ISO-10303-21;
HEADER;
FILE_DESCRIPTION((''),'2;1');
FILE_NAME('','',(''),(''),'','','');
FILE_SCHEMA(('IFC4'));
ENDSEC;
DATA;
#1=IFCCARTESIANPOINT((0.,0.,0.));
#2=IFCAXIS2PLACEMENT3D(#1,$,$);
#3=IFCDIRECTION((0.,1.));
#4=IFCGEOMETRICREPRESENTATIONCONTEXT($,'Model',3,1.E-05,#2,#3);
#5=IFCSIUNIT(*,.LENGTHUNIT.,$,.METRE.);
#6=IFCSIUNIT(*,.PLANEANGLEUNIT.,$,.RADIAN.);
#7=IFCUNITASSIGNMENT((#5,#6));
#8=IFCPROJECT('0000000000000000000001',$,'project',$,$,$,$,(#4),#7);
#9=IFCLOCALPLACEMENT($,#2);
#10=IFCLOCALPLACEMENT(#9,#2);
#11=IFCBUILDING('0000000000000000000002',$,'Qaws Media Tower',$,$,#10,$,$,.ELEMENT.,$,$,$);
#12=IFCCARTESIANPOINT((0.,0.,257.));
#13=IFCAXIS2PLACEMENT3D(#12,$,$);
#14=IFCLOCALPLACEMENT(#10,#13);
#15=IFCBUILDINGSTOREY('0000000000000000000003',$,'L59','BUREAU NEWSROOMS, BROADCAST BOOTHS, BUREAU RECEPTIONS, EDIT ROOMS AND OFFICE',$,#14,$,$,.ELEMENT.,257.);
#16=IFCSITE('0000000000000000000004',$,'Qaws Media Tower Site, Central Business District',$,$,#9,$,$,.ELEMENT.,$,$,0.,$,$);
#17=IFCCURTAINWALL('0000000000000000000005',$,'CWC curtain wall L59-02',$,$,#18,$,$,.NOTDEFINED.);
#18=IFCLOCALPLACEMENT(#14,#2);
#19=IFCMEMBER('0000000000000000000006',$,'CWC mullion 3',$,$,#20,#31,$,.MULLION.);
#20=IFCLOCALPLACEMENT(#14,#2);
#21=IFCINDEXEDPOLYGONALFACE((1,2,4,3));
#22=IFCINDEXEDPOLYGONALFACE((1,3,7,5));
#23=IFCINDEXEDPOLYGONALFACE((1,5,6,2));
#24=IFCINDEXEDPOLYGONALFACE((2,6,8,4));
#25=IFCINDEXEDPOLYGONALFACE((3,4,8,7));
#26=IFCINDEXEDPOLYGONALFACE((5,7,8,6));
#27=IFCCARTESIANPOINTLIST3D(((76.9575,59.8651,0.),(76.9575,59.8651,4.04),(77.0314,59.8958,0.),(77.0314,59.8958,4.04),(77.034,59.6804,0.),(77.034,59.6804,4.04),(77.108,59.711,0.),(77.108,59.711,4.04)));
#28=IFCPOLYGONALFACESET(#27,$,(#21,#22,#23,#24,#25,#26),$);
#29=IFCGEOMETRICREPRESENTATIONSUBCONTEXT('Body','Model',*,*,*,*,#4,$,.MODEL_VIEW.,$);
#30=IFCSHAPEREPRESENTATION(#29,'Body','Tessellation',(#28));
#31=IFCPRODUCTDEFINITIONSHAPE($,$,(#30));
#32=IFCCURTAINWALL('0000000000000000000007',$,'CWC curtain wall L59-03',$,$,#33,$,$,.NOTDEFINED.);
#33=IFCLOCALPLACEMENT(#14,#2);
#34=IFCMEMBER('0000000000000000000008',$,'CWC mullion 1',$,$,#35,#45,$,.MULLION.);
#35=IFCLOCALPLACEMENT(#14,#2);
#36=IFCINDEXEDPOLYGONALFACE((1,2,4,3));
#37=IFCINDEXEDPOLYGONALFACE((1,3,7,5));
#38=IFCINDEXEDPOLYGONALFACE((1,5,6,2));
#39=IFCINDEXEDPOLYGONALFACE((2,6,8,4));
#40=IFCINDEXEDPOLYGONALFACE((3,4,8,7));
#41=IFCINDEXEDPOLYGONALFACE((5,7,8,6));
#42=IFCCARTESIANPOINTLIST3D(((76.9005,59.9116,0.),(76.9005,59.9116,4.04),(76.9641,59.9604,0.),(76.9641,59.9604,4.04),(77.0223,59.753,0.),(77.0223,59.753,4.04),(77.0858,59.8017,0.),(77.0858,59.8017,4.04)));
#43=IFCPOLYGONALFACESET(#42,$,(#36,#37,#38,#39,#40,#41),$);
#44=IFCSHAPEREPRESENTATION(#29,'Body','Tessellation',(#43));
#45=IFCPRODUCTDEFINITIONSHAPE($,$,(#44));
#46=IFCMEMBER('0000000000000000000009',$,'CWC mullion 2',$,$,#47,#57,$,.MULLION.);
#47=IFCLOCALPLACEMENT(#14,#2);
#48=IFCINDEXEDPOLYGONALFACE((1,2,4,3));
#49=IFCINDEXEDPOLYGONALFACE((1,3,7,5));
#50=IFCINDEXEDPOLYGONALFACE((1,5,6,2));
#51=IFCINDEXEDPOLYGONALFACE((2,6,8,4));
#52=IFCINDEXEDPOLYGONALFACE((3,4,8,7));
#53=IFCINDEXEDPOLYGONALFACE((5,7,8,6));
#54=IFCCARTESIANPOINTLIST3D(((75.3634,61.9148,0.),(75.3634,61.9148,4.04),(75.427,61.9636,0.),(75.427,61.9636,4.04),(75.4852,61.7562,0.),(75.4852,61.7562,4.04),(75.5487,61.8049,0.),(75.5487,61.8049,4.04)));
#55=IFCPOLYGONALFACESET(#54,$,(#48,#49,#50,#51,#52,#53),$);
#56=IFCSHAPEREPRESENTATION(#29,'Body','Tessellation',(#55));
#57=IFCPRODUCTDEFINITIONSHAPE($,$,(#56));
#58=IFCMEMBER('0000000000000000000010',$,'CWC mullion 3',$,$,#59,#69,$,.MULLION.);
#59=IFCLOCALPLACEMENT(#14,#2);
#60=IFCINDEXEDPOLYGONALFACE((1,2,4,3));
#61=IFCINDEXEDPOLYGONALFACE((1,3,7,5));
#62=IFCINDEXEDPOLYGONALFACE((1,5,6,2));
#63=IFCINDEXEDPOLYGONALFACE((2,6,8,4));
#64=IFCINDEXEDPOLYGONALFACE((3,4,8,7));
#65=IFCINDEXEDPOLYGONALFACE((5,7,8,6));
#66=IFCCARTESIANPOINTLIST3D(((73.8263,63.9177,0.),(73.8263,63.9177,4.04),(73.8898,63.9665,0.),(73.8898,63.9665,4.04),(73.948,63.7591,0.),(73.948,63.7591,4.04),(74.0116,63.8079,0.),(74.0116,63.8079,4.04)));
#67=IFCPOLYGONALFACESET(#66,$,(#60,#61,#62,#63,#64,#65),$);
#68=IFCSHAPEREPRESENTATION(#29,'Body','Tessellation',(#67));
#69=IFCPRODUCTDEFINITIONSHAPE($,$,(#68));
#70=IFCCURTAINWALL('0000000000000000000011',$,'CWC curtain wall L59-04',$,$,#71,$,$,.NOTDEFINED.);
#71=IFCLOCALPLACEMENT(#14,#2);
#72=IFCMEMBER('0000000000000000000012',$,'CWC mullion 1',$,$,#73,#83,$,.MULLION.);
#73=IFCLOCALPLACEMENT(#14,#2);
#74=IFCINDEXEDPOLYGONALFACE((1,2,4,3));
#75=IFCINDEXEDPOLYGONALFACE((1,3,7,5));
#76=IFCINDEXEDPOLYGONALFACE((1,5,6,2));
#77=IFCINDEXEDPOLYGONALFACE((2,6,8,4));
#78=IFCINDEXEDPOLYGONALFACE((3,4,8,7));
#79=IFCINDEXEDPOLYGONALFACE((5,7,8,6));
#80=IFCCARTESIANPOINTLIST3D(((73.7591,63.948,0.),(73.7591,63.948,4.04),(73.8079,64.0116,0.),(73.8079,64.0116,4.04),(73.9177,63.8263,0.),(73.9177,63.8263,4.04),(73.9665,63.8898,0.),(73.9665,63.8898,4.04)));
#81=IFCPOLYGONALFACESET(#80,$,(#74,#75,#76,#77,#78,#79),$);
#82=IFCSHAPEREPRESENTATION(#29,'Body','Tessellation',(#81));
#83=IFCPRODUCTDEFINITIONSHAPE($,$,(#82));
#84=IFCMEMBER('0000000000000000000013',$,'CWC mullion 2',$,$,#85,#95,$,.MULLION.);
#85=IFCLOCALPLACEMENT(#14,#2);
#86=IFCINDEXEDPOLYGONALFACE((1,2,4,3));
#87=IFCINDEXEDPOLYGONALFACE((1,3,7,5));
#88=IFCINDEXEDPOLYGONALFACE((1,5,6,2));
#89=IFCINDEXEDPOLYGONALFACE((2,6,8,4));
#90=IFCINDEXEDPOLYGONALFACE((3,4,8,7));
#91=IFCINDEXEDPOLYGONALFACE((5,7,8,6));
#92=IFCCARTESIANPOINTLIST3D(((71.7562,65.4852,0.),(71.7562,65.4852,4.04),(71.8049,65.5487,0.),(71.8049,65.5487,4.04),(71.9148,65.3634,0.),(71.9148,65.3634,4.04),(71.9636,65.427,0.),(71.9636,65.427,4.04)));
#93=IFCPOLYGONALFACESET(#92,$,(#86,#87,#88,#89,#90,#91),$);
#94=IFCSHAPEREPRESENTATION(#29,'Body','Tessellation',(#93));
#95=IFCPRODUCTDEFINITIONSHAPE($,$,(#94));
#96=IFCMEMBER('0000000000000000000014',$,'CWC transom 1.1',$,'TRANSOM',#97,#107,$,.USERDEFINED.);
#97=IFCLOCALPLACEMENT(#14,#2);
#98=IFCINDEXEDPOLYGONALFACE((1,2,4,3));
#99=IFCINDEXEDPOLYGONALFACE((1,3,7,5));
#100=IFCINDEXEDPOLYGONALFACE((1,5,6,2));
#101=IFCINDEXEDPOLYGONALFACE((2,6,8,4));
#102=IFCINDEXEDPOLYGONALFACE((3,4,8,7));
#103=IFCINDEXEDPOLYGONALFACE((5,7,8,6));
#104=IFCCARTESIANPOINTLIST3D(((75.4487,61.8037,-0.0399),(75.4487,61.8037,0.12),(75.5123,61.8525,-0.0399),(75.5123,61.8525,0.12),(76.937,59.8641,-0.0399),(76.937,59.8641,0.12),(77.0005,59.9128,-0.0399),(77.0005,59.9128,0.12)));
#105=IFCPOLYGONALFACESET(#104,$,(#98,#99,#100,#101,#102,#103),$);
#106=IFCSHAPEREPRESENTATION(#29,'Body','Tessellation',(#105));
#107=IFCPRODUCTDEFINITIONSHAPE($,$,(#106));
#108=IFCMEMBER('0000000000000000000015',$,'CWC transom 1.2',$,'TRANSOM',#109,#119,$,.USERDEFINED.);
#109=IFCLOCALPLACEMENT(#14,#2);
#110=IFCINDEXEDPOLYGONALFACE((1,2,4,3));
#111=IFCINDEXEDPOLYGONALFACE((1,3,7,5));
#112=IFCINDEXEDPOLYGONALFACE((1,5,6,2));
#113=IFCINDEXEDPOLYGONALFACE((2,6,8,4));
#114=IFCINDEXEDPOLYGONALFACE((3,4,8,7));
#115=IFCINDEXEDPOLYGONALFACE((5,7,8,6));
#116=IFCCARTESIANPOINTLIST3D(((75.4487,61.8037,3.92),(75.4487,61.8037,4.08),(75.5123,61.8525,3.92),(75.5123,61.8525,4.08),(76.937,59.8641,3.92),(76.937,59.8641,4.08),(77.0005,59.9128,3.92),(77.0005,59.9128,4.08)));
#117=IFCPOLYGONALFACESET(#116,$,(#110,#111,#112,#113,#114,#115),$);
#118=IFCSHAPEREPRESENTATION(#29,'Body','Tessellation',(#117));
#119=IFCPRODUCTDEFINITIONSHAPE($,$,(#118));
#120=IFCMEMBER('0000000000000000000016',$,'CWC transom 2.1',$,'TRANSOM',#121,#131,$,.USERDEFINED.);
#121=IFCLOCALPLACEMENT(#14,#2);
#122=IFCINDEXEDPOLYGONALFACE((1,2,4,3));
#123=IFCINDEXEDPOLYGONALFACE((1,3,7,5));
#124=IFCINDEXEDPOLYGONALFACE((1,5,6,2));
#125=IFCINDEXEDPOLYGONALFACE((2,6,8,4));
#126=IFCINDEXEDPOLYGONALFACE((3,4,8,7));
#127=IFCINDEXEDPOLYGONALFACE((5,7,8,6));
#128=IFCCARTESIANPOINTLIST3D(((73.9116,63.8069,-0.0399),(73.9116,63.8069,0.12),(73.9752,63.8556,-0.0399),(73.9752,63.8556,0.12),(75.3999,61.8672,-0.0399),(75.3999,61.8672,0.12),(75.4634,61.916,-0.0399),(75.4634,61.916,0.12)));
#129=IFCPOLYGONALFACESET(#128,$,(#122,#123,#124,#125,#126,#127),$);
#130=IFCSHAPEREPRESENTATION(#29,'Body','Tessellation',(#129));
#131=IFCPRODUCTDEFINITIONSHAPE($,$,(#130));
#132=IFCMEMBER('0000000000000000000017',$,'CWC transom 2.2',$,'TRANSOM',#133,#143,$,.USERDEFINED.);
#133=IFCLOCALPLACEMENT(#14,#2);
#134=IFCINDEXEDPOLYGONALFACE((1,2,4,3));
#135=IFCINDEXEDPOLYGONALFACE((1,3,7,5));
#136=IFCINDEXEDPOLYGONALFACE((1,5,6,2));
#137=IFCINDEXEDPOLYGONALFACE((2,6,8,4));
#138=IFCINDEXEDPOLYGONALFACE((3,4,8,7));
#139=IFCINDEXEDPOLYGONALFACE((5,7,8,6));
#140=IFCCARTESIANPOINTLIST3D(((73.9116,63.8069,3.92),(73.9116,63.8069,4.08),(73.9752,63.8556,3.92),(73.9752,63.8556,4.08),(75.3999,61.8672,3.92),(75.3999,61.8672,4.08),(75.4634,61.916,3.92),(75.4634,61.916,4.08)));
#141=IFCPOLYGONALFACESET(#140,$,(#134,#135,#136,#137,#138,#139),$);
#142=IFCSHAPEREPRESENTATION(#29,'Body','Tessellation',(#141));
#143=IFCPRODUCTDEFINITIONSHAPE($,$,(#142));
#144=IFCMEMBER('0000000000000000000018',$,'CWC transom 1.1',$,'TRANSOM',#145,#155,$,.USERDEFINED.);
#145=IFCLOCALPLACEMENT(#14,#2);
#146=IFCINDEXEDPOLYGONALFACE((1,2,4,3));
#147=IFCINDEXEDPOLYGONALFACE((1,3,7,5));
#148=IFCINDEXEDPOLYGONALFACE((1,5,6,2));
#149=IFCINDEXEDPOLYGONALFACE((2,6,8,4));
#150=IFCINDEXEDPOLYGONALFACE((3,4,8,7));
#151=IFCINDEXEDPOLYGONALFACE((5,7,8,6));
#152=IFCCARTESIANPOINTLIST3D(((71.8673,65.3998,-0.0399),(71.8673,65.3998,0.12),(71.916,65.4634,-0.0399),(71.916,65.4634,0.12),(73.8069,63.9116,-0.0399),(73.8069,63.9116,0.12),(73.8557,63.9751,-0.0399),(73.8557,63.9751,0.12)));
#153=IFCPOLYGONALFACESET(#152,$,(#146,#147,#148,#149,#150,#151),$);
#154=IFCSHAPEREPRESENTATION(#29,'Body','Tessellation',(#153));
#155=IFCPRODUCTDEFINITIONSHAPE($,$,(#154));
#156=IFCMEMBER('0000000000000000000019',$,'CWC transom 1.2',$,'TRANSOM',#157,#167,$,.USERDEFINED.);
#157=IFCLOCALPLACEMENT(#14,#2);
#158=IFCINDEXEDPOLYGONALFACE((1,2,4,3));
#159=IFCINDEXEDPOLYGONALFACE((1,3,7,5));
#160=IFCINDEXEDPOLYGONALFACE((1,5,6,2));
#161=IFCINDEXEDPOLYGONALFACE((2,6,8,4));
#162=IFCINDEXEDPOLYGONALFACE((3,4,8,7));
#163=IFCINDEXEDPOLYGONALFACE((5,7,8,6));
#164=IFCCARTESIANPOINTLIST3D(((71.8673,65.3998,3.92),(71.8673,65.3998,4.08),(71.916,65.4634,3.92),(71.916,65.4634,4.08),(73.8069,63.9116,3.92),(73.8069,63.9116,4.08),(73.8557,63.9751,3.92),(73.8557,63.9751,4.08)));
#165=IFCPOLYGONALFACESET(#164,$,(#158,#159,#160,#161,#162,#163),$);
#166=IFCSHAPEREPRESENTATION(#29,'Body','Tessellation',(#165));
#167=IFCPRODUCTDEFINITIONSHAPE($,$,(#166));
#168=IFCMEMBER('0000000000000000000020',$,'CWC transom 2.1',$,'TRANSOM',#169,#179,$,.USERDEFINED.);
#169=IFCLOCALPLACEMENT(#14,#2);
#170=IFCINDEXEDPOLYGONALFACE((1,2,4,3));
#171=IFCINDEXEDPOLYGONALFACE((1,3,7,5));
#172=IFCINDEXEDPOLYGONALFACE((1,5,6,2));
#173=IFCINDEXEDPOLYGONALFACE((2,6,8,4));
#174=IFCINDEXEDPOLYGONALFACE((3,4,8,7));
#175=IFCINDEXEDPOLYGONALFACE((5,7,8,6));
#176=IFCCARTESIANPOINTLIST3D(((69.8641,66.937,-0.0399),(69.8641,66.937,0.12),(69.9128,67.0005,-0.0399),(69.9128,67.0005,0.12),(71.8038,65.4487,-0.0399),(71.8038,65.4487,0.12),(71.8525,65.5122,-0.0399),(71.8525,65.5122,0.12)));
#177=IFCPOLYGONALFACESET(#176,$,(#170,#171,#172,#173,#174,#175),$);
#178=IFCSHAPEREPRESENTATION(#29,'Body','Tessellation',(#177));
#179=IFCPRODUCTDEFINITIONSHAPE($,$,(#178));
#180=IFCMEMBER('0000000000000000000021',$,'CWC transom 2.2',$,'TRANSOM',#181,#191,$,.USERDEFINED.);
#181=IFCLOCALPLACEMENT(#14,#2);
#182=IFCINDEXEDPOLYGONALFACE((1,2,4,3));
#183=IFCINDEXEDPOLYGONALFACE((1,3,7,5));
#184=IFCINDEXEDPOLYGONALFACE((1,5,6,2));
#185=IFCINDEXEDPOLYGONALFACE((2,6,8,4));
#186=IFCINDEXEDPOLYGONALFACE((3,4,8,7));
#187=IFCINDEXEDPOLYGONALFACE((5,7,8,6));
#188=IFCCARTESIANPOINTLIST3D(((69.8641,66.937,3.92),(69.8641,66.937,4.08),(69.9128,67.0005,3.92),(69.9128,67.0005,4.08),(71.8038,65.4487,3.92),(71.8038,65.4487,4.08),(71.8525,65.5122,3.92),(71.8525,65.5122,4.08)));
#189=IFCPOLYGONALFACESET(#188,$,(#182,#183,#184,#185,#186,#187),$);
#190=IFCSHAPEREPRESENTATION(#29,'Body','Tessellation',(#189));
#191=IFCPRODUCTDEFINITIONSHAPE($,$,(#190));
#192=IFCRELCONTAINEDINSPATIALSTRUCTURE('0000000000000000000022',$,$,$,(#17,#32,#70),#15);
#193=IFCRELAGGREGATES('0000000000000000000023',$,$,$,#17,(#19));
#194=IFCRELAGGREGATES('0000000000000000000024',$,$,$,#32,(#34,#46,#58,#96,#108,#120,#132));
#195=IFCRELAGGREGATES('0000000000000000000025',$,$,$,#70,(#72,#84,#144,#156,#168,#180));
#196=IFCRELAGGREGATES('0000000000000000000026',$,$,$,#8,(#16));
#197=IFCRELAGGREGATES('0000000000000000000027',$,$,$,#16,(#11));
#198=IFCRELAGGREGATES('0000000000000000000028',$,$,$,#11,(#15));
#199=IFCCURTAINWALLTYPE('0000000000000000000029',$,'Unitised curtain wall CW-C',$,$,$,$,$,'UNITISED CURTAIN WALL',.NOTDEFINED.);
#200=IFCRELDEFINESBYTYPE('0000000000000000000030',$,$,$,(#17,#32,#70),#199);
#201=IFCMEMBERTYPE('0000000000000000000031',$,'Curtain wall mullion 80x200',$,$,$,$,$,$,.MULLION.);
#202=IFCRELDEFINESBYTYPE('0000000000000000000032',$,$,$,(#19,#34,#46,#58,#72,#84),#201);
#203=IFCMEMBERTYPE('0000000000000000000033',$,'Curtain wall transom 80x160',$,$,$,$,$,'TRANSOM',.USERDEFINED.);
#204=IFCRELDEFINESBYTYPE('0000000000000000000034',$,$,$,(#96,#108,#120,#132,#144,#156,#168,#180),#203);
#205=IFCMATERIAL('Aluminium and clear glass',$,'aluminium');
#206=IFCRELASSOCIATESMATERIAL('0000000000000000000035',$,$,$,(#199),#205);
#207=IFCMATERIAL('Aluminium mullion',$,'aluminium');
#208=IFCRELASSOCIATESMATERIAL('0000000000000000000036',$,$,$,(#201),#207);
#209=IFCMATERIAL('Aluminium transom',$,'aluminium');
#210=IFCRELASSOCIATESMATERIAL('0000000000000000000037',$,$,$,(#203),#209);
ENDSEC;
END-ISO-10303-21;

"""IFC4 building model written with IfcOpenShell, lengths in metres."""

from ifc_helpers import new_model, si_unit, direction, frame, origin, origin_2d, place, context, subcontext, project, spatial, rectangle, extrude, material, material_profile, profile_set, type_object, element, aggregate, save


model = new_model("IFC4")

# Units and contexts
model_context = context("Model", 3, precision=1e-05, world=origin(), true_north=direction((0.0, 1.0)))
body_context = subcontext(model_context, "Body", "Model", "MODEL_VIEW")
ifc_project = project(units=[si_unit("LENGTHUNIT", "METRE"), si_unit("PLANEANGLEUNIT", "RADIAN")], contexts=[model_context])

# Site, building, storey
site_placement = place(None, origin())
site = spatial("IfcSite", under=ifc_project, at=site_placement, Name="Qaws Media Tower Site, Central Business District", CompositionType="ELEMENT", RefElevation=0.0)
building_placement = place(site_placement, origin())
building = spatial("IfcBuilding", under=site, at=building_placement, Name="Qaws Media Tower", CompositionType="ELEMENT")
storey_placement = place(building_placement, frame((0.0, 0.0, 257.0)))
storey = spatial("IfcBuildingStorey", under=building, at=storey_placement, Name="L59", Description="BUREAU NEWSROOMS, BROADCAST BOOTHS, BUREAU RECEPTIONS, EDIT ROOMS AND OFFICE", CompositionType="ELEMENT", Elevation=257.0)

# Curtain wall, member
ifc_material_1 = material(Name="Aluminium and clear glass", Category="aluminium")
curtain_wall_type = type_object("IfcCurtainWallType", Name="Unitised curtain wall CW-C", ElementType="UNITISED CURTAIN WALL", PredefinedType="NOTDEFINED", material=ifc_material_1)
curtain_wall_1_placement = place(storey_placement, origin())
curtain_wall_1 = element("IfcCurtainWall", 1, at=curtain_wall_1_placement, inside=storey, type_object=curtain_wall_type, Name="CWC curtain wall L59-02", PredefinedType="NOTDEFINED")
ifc_material_2 = material(Name="Aluminium mullion", Category="aluminium")
ifc_material_profile_1 = material_profile(ifc_material_2, rectangle(XDim=0.0801, YDim=0.2, at=origin_2d()), Name="80x200")
ifc_profile_set_1 = profile_set([ifc_material_profile_1], Name="Aluminium mullion")
member_type_1 = type_object("IfcMemberType", Name="Curtain wall mullion 80x200", PredefinedType="MULLION", material=ifc_profile_set_1)
member_1_placement = place(storey_placement, frame((77.0327, 59.7881, 0.0), z_axis=(0.0, 0.0, 1.0), x_axis=(-0.92388, -0.382683, 0.0)))
member_1 = element("IfcMember", 2, at=member_1_placement, type_object=member_type_1, Name="CWC mullion 3", PredefinedType="MULLION", context=body_context, shape_type="SweptSolid", body=[
    extrude(rectangle(XDim=0.0801, YDim=0.2, at=origin_2d()), origin(), (0.0, 0.0, 1.0), 4.04),
])

# Curtain walls, members
curtain_wall_2_placement = place(storey_placement, origin())
curtain_wall_2 = element("IfcCurtainWall", 3, at=curtain_wall_2_placement, inside=storey, type_object=curtain_wall_type, Name="CWC curtain wall L59-03", PredefinedType="NOTDEFINED")
member_2_placement = place(storey_placement, frame((76.9932, 59.8567, 0.0), z_axis=(0.0, 0.0, 1.0), x_axis=(-0.793353, -0.608761, 0.0)))
member_2 = element("IfcMember", 4, at=member_2_placement, type_object=member_type_1, Name="CWC mullion 1", PredefinedType="MULLION", context=body_context, shape_type="SweptSolid", body=[
    extrude(rectangle(XDim=0.0801, YDim=0.2, at=origin_2d()), origin(), (0.0, 0.0, 1.0), 4.04),
])
member_3_placement = place(storey_placement, frame((75.4561, 61.8599, 0.0), z_axis=(0.0, 0.0, 1.0), x_axis=(-0.793353, -0.608761, 0.0)))
member_3 = element("IfcMember", 5, at=member_3_placement, type_object=member_type_1, Name="CWC mullion 2", PredefinedType="MULLION", context=body_context, shape_type="SweptSolid", body=[
    extrude(rectangle(XDim=0.0801, YDim=0.2, at=origin_2d()), origin(), (0.0, 0.0, 1.0), 4.04),
])
member_4_placement = place(storey_placement, frame((73.9189, 63.8628, 0.0), z_axis=(0.0, 0.0, 1.0), x_axis=(-0.793353, -0.608761, 0.0)))
member_4 = element("IfcMember", 6, at=member_4_placement, type_object=member_type_1, Name="CWC mullion 3", PredefinedType="MULLION", context=body_context, shape_type="SweptSolid", body=[
    extrude(rectangle(XDim=0.0801, YDim=0.2, at=origin_2d()), origin(), (0.0, 0.0, 1.0), 4.04),
])
curtain_wall_3_placement = place(storey_placement, origin())
curtain_wall_3 = element("IfcCurtainWall", 7, at=curtain_wall_3_placement, inside=storey, type_object=curtain_wall_type, Name="CWC curtain wall L59-04", PredefinedType="NOTDEFINED")
member_5_placement = place(storey_placement, frame((73.8628, 63.9189, 0.0), z_axis=(0.0, 0.0, 1.0), x_axis=(-0.608761, -0.793353, 0.0)))
member_5 = element("IfcMember", 8, at=member_5_placement, type_object=member_type_1, Name="CWC mullion 1", PredefinedType="MULLION", context=body_context, shape_type="SweptSolid", body=[
    extrude(rectangle(XDim=0.0801, YDim=0.2, at=origin_2d()), origin(), (0.0, 0.0, 1.0), 4.04),
])
member_6_placement = place(storey_placement, frame((71.8599, 65.4561, 0.0), z_axis=(0.0, 0.0, 1.0), x_axis=(-0.608761, -0.793353, 0.0)))
member_6 = element("IfcMember", 9, at=member_6_placement, type_object=member_type_1, Name="CWC mullion 2", PredefinedType="MULLION", context=body_context, shape_type="SweptSolid", body=[
    extrude(rectangle(XDim=0.0801, YDim=0.2, at=origin_2d()), origin(), (0.0, 0.0, 1.0), 4.04),
])

# Members
ifc_material_3 = material(Name="Aluminium transom", Category="aluminium")
ifc_material_profile_2 = material_profile(ifc_material_3, rectangle(XDim=0.0801, YDim=0.1599, at=origin_2d()), Name="80x160")
ifc_profile_set_2 = profile_set([ifc_material_profile_2], Name="Aluminium transom")
member_type_2 = type_object("IfcMemberType", Name="Curtain wall transom 80x160", ElementType="TRANSOM", PredefinedType="USERDEFINED", material=ifc_profile_set_2)
member_7_placement = place(storey_placement, frame((76.9688, 59.8884, 0.04), z_axis=(-0.608735, 0.793373, 0.0), x_axis=(-0.793373, -0.608735, 0.0)))
member_7 = element("IfcMember", 10, at=member_7_placement, type_object=member_type_2, Name="CWC transom 1.1", ObjectType="TRANSOM", PredefinedType="USERDEFINED", context=body_context, shape_type="SweptSolid", body=[
    extrude(rectangle(XDim=0.0801, YDim=0.1599, at=origin_2d()), origin(), (0.0, 0.0, 1.0), 2.4448),
])
member_8_placement = place(storey_placement, frame((76.9688, 59.8884, 4.0), z_axis=(-0.608735, 0.793373, 0.0), x_axis=(-0.793373, -0.608735, 0.0)))
member_8 = element("IfcMember", 11, at=member_8_placement, type_object=member_type_2, Name="CWC transom 1.2", ObjectType="TRANSOM", PredefinedType="USERDEFINED", context=body_context, shape_type="SweptSolid", body=[
    extrude(rectangle(XDim=0.0801, YDim=0.1599, at=origin_2d()), origin(), (0.0, 0.0, 1.0), 2.4448),
])
member_9_placement = place(storey_placement, frame((75.4316, 61.8916, 0.04), z_axis=(-0.608735, 0.793373, 0.0), x_axis=(-0.793373, -0.608735, 0.0)))
member_9 = element("IfcMember", 12, at=member_9_placement, type_object=member_type_2, Name="CWC transom 2.1", ObjectType="TRANSOM", PredefinedType="USERDEFINED", context=body_context, shape_type="SweptSolid", body=[
    extrude(rectangle(XDim=0.0801, YDim=0.1599, at=origin_2d()), origin(), (0.0, 0.0, 1.0), 2.4448),
])
member_10_placement = place(storey_placement, frame((75.4316, 61.8916, 4.0), z_axis=(-0.608735, 0.793373, 0.0), x_axis=(-0.793373, -0.608735, 0.0)))
member_10 = element("IfcMember", 13, at=member_10_placement, type_object=member_type_2, Name="CWC transom 2.2", ObjectType="TRANSOM", PredefinedType="USERDEFINED", context=body_context, shape_type="SweptSolid", body=[
    extrude(rectangle(XDim=0.0801, YDim=0.1599, at=origin_2d()), origin(), (0.0, 0.0, 1.0), 2.4448),
])
member_11_placement = place(storey_placement, frame((73.8313, 63.9434, 0.04), z_axis=(-0.793373, 0.608735, 0.0), x_axis=(-0.608735, -0.793373, 0.0)))
member_11 = element("IfcMember", 14, at=member_11_placement, type_object=member_type_2, Name="CWC transom 1.1", ObjectType="TRANSOM", PredefinedType="USERDEFINED", context=body_context, shape_type="SweptSolid", body=[
    extrude(rectangle(XDim=0.0801, YDim=0.1599, at=origin_2d()), origin(), (0.0, 0.0, 1.0), 2.4448),
])
member_12_placement = place(storey_placement, frame((73.8313, 63.9434, 4.0), z_axis=(-0.793373, 0.608735, 0.0), x_axis=(-0.608735, -0.793373, 0.0)))
member_12 = element("IfcMember", 15, at=member_12_placement, type_object=member_type_2, Name="CWC transom 1.2", ObjectType="TRANSOM", PredefinedType="USERDEFINED", context=body_context, shape_type="SweptSolid", body=[
    extrude(rectangle(XDim=0.0801, YDim=0.1599, at=origin_2d()), origin(), (0.0, 0.0, 1.0), 2.4448),
])
member_13_placement = place(storey_placement, frame((71.8281, 65.4805, 0.04), z_axis=(-0.793373, 0.608735, 0.0), x_axis=(-0.608735, -0.793373, 0.0)))
member_13 = element("IfcMember", 16, at=member_13_placement, type_object=member_type_2, Name="CWC transom 2.1", ObjectType="TRANSOM", PredefinedType="USERDEFINED", context=body_context, shape_type="SweptSolid", body=[
    extrude(rectangle(XDim=0.0801, YDim=0.1599, at=origin_2d()), origin(), (0.0, 0.0, 1.0), 2.4448),
])
member_14_placement = place(storey_placement, frame((71.8281, 65.4805, 4.0), z_axis=(-0.793373, 0.608735, 0.0), x_axis=(-0.608735, -0.793373, 0.0)))
member_14 = element("IfcMember", 17, at=member_14_placement, type_object=member_type_2, Name="CWC transom 2.2", ObjectType="TRANSOM", PredefinedType="USERDEFINED", context=body_context, shape_type="SweptSolid", body=[
    extrude(rectangle(XDim=0.0801, YDim=0.1599, at=origin_2d()), origin(), (0.0, 0.0, 1.0), 2.4448),
])

aggregate(curtain_wall_1, [member_1])
aggregate(curtain_wall_2, [member_2, member_3, member_4, member_7, member_8, member_9, member_10])
aggregate(curtain_wall_3, [member_5, member_6, member_11, member_12, member_13, member_14])

save(model, "model.ifc")
